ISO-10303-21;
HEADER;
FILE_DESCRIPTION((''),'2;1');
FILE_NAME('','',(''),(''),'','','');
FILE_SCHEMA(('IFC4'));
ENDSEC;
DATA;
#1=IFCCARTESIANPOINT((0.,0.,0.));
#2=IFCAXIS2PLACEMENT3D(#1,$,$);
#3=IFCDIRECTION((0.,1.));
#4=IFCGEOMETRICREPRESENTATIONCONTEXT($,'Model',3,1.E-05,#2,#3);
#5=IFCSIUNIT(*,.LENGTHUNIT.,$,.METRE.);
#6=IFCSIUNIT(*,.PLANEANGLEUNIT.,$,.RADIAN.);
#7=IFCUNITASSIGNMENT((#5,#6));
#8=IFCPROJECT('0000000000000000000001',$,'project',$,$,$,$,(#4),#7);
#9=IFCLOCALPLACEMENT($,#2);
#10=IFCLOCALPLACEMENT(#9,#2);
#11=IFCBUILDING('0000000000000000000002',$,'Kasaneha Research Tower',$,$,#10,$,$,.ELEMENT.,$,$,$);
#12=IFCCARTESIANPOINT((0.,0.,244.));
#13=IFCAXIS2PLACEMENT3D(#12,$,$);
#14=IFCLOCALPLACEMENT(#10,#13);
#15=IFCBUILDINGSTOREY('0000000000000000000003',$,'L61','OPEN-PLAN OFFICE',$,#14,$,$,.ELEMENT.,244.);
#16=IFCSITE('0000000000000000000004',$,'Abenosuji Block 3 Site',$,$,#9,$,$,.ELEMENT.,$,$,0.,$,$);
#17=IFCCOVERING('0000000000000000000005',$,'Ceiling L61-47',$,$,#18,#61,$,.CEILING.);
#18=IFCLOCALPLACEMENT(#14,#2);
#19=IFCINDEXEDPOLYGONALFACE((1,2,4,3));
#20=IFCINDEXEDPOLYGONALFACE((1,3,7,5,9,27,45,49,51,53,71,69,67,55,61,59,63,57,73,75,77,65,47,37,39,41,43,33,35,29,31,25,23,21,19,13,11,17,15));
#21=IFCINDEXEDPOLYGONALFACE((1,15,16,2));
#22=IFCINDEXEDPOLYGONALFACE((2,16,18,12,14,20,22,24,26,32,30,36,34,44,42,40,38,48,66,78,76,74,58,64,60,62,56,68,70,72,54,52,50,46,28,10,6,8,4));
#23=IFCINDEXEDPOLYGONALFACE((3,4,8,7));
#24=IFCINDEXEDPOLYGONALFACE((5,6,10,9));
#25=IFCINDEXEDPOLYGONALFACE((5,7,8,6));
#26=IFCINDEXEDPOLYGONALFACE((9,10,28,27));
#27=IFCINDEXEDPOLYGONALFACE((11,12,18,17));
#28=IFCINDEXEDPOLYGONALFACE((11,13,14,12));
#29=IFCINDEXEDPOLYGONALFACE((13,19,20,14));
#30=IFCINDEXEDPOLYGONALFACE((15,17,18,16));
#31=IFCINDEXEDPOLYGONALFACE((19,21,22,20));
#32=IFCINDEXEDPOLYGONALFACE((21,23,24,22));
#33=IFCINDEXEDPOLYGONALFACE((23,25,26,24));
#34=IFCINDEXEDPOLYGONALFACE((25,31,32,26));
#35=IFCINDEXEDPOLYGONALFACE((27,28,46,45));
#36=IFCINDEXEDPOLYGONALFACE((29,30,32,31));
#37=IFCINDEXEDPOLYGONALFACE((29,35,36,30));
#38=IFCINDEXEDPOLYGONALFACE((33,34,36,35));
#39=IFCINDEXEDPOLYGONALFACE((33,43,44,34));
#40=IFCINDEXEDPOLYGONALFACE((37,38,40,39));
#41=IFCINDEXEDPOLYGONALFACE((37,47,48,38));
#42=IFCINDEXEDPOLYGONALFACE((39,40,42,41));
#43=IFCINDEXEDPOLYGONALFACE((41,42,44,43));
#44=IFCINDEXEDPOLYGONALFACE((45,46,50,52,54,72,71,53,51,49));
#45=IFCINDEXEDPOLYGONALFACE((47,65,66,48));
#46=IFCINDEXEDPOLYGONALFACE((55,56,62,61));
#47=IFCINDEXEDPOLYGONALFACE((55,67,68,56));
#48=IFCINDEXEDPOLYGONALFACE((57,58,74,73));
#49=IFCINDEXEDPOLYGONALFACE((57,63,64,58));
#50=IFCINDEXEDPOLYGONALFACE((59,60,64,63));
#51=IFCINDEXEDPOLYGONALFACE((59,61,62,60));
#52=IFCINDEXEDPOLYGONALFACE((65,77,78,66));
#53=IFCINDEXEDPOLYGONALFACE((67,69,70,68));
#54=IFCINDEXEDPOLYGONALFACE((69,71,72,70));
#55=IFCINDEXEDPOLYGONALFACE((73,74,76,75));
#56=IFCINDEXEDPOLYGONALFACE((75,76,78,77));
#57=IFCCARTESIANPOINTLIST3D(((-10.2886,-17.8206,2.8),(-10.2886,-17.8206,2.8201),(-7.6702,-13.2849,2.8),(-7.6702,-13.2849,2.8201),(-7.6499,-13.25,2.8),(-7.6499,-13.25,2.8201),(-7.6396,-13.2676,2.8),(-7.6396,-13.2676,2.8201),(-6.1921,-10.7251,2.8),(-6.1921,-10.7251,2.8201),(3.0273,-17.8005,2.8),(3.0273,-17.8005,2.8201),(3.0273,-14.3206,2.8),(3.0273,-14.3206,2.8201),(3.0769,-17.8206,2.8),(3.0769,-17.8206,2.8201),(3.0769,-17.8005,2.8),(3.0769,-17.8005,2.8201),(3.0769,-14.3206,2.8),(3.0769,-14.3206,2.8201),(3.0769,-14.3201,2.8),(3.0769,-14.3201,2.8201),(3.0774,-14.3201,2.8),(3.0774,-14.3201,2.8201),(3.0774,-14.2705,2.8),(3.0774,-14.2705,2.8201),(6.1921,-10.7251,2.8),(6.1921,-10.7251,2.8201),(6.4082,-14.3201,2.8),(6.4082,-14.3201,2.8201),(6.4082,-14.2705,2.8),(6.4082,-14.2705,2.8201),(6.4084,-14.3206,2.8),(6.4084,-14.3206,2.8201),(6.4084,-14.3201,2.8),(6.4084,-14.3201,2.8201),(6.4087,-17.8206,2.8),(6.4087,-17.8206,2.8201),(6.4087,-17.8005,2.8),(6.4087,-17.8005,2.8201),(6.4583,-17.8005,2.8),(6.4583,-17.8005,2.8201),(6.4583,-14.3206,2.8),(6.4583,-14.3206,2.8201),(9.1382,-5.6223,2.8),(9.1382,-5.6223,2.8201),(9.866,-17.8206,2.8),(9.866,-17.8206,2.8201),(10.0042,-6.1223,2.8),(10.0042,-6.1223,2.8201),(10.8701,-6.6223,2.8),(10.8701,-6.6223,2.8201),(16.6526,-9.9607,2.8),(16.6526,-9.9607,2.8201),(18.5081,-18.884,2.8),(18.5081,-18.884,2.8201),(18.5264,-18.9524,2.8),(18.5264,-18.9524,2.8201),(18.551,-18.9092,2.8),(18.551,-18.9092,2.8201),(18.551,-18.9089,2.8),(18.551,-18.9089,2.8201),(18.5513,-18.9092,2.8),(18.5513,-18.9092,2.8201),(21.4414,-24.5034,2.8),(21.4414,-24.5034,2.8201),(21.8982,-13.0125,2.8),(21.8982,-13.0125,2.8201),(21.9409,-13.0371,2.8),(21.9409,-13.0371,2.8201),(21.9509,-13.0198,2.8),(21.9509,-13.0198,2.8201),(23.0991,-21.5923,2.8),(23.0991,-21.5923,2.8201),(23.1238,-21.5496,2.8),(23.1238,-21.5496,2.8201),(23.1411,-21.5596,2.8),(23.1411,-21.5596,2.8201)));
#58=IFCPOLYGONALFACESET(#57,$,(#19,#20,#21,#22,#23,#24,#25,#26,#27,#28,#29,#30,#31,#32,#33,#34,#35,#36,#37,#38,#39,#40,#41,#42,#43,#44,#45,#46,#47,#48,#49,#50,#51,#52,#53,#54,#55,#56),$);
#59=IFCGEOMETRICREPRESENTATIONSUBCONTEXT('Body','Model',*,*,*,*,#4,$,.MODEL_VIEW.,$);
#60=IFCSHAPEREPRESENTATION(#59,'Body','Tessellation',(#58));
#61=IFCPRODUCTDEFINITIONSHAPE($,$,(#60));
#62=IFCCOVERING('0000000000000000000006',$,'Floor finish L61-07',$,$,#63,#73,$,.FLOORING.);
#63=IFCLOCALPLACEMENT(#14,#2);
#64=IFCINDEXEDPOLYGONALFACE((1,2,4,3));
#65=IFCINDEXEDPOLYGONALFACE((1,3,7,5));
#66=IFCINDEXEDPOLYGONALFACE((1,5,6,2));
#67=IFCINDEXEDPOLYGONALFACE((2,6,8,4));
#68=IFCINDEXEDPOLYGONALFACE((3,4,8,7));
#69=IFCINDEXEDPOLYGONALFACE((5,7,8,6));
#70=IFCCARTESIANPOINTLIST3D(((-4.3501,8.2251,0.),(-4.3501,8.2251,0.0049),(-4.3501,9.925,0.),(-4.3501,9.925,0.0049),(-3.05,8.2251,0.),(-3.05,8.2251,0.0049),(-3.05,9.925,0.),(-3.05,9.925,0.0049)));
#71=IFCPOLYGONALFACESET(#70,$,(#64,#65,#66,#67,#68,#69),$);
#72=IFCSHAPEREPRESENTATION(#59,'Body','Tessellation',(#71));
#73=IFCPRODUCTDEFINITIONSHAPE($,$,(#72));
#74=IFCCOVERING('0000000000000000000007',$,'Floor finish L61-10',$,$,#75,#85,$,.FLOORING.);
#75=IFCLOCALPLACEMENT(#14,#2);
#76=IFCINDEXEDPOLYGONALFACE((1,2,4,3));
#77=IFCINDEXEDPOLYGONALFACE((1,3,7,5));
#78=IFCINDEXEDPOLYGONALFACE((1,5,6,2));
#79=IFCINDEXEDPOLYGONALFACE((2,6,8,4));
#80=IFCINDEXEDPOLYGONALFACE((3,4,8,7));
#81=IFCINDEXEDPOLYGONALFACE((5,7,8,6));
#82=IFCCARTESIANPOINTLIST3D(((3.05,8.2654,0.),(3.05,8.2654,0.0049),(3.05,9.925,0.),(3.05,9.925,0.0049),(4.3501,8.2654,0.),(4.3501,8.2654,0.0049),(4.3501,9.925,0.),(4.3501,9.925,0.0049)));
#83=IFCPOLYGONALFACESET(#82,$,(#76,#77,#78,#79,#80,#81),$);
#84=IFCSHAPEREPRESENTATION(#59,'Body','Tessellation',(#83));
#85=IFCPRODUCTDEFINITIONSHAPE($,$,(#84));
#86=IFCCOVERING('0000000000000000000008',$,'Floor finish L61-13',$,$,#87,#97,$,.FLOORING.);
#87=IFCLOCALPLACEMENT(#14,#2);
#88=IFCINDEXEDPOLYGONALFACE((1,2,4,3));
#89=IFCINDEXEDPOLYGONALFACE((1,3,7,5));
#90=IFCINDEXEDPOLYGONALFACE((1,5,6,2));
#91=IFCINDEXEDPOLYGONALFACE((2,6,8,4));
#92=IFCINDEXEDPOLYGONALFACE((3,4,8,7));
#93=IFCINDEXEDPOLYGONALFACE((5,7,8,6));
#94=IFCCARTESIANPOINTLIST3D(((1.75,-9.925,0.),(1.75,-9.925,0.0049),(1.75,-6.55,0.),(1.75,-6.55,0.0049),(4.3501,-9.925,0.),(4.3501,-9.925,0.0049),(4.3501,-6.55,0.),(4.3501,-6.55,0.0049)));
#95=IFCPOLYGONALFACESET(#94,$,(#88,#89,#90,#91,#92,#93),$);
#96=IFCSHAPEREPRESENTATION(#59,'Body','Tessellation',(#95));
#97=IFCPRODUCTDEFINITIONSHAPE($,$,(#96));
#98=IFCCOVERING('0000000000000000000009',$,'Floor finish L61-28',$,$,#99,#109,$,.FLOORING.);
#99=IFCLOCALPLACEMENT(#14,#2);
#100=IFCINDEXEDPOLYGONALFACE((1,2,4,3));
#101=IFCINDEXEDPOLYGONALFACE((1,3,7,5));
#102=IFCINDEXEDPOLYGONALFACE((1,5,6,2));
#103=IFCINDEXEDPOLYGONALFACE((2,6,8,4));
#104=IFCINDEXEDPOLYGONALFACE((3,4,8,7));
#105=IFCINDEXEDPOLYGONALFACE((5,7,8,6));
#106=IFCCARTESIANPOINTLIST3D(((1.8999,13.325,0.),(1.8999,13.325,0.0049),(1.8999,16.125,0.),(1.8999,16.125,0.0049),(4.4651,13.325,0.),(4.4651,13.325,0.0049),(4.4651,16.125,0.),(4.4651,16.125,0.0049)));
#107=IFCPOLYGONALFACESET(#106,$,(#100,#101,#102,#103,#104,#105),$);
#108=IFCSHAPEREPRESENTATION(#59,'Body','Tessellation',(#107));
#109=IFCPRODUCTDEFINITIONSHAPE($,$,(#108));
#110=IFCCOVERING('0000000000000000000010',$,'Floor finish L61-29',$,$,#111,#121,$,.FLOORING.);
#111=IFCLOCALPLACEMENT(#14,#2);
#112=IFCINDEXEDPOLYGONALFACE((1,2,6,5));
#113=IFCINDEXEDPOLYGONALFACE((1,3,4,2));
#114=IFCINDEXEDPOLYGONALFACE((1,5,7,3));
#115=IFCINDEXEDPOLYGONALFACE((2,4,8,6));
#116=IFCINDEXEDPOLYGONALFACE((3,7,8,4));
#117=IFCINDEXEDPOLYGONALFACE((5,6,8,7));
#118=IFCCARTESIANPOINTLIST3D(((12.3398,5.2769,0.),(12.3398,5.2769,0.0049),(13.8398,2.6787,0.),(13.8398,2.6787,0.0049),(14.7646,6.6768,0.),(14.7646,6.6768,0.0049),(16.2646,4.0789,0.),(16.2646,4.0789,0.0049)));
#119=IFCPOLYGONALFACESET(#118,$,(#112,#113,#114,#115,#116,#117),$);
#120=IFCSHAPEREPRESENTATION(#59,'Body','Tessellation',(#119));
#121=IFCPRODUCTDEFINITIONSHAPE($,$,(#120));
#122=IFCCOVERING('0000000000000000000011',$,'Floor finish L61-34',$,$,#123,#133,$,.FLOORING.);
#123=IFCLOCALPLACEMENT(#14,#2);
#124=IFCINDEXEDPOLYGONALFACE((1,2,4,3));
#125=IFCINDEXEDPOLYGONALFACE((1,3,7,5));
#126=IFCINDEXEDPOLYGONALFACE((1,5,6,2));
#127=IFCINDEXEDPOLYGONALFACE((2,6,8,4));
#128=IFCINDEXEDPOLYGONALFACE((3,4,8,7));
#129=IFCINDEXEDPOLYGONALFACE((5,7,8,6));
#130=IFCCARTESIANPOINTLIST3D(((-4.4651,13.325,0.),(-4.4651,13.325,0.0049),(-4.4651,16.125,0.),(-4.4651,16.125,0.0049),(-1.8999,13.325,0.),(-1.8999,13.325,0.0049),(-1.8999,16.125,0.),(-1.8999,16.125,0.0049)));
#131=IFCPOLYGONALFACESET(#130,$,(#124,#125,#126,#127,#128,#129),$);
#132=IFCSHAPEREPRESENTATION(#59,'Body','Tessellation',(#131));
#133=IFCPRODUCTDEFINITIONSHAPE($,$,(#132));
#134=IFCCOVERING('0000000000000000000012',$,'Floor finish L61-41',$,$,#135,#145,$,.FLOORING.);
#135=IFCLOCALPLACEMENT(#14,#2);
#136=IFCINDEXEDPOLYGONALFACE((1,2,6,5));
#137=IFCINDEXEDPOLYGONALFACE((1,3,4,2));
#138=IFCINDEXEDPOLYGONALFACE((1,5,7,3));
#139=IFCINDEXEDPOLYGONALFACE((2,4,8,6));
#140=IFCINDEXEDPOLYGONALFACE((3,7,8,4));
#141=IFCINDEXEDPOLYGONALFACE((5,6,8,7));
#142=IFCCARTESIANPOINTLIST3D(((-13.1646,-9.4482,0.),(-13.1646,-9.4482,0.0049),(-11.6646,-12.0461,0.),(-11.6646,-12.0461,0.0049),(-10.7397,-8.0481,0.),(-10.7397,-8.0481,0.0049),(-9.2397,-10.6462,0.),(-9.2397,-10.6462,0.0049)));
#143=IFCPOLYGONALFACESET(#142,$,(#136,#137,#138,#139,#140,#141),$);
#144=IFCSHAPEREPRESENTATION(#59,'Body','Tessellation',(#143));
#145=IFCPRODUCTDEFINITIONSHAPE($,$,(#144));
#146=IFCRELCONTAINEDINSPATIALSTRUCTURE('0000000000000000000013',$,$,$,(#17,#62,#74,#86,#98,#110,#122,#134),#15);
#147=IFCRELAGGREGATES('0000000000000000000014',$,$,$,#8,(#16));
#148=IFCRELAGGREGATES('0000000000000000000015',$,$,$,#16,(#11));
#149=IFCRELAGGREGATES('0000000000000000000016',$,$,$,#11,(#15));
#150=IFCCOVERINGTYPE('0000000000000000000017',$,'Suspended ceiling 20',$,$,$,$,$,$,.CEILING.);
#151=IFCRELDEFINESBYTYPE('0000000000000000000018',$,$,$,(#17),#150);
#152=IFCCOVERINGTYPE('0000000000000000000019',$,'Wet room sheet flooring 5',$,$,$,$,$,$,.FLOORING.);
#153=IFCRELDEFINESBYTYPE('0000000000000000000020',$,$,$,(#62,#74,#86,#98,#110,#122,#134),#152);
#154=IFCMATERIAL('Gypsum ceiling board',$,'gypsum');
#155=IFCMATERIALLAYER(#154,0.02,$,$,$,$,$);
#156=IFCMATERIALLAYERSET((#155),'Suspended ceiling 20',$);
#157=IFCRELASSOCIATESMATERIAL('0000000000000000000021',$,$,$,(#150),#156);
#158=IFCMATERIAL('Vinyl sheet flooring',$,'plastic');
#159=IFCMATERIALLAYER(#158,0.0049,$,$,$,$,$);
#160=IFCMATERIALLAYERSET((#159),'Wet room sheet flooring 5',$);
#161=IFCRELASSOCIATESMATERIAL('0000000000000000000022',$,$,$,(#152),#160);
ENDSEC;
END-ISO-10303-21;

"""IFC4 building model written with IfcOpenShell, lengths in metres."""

from ifc_helpers import new_model, si_unit, direction, frame, origin, place, context, subcontext, project, spatial, polyline, outline, extrude, material, layer, layer_set, type_object, element, save


model = new_model("IFC4")

# Units and contexts
model_context = context("Model", 3, precision=1e-05, world=origin(), true_north=direction((0.0, 1.0)))
body_context = subcontext(model_context, "Body", "Model", "MODEL_VIEW")
ifc_project = project(units=[si_unit("LENGTHUNIT", "METRE"), si_unit("PLANEANGLEUNIT", "RADIAN")], contexts=[model_context])

# Site, building, storey
site_placement = place(None, origin())
site = spatial("IfcSite", under=ifc_project, at=site_placement, Name="Abenosuji Block 3 Site", CompositionType="ELEMENT", RefElevation=0.0)
building_placement = place(site_placement, origin())
building = spatial("IfcBuilding", under=site, at=building_placement, Name="Kasaneha Research Tower", CompositionType="ELEMENT")
storey_placement = place(building_placement, frame((0.0, 0.0, 244.0)))
storey = spatial("IfcBuildingStorey", under=building, at=storey_placement, Name="L61", Description="OPEN-PLAN OFFICE", CompositionType="ELEMENT", Elevation=244.0)

# Coverings
ifc_material_1 = material(Name="Gypsum ceiling board", Category="gypsum")
ifc_layer_1 = layer(ifc_material_1, 0.02)
ifc_layer_set_1 = layer_set([ifc_layer_1], Name="Suspended ceiling 20")
covering_type_1 = type_object("IfcCoveringType", Name="Suspended ceiling 20", PredefinedType="CEILING", material=ifc_layer_set_1)
covering_1_placement = place(storey_placement, frame((0.0, 0.0, 2.8)))
element("IfcCovering", 1, at=covering_1_placement, inside=storey, type_object=covering_type_1, Name="Ceiling L61-47", PredefinedType="CEILING", context=body_context, shape_type="SweptSolid", body=[
    extrude(outline(polyline([(6.1921, -10.7251), (9.1382, -5.6223), (10.0042, -6.1223), (10.0042, -6.1223), (10.8701, -6.6223), (10.8701, -6.6223), (16.6526, -9.9607), (21.9509, -13.0198), (21.9409, -13.0371), (21.8982, -13.0125), (18.5081, -18.884), (18.551, -18.9089), (18.551, -18.9092), (18.5513, -18.9092), (18.5264, -18.9524), (23.0991, -21.5923), (23.1238, -21.5496), (23.1411, -21.5596), (21.4414, -24.5034), (9.866, -17.8206), (6.4087, -17.8206), (6.4087, -17.8005), (6.4583, -17.8005), (6.4583, -14.3206), (6.4084, -14.3206), (6.4084, -14.3201), (6.4082, -14.3201), (6.4082, -14.2705), (3.0774, -14.2705), (3.0774, -14.3201), (3.0769, -14.3201), (3.0769, -14.3206), (3.0273, -14.3206), (3.0273, -17.8005), (3.0769, -17.8005), (3.0769, -17.8206), (-10.2886, -17.8206), (-7.6702, -13.2849), (-7.6396, -13.2676), (-7.6499, -13.25), (-6.1921, -10.7251), (6.1921, -10.7251)])), origin(), (0.0, 0.0, 1.0), 0.02),
])
ifc_material_2 = material(Name="Vinyl sheet flooring", Category="plastic")
ifc_layer_2 = layer(ifc_material_2, 0.0049)
ifc_layer_set_2 = layer_set([ifc_layer_2], Name="Wet room sheet flooring 5")
covering_type_2 = type_object("IfcCoveringType", Name="Wet room sheet flooring 5", PredefinedType="FLOORING", material=ifc_layer_set_2)
covering_2_placement = place(storey_placement, origin())
element("IfcCovering", 2, at=covering_2_placement, inside=storey, type_object=covering_type_2, Name="Floor finish L61-07", PredefinedType="FLOORING", context=body_context, shape_type="SweptSolid", body=[
    extrude(outline(polyline([(-4.3501, 8.2251), (-4.3501, 9.925), (-3.05, 9.925), (-3.05, 8.2251), (-4.3501, 8.2251)])), origin(), (0.0, 0.0, 1.0), 0.0049),
])
covering_3_placement = place(storey_placement, origin())
element("IfcCovering", 3, at=covering_3_placement, inside=storey, type_object=covering_type_2, Name="Floor finish L61-10", PredefinedType="FLOORING", context=body_context, shape_type="SweptSolid", body=[
    extrude(outline(polyline([(4.3501, 8.2654), (3.05, 8.2654), (3.05, 9.925), (4.3501, 9.925), (4.3501, 8.2654)])), origin(), (0.0, 0.0, 1.0), 0.0049),
])
covering_4_placement = place(storey_placement, origin())
element("IfcCovering", 4, at=covering_4_placement, inside=storey, type_object=covering_type_2, Name="Floor finish L61-13", PredefinedType="FLOORING", context=body_context, shape_type="SweptSolid", body=[
    extrude(outline(polyline([(1.75, -9.925), (1.75, -6.55), (4.3501, -6.55), (4.3501, -9.925), (1.75, -9.925)])), origin(), (0.0, 0.0, 1.0), 0.0049),
])
covering_5_placement = place(storey_placement, origin())
element("IfcCovering", 5, at=covering_5_placement, inside=storey, type_object=covering_type_2, Name="Floor finish L61-28", PredefinedType="FLOORING", context=body_context, shape_type="SweptSolid", body=[
    extrude(outline(polyline([(1.8999, 16.125), (4.4651, 16.125), (4.4651, 13.325), (1.8999, 13.325), (1.8999, 16.125)])), origin(), (0.0, 0.0, 1.0), 0.0049),
])
covering_6_placement = place(storey_placement, origin())
element("IfcCovering", 6, at=covering_6_placement, inside=storey, type_object=covering_type_2, Name="Floor finish L61-29", PredefinedType="FLOORING", context=body_context, shape_type="SweptSolid", body=[
    extrude(outline(polyline([(14.7646, 6.6768), (16.2646, 4.0789), (13.8398, 2.6787), (12.3398, 5.2769), (14.7646, 6.6768)])), origin(), (0.0, 0.0, 1.0), 0.0049),
])
covering_7_placement = place(storey_placement, origin())
element("IfcCovering", 7, at=covering_7_placement, inside=storey, type_object=covering_type_2, Name="Floor finish L61-34", PredefinedType="FLOORING", context=body_context, shape_type="SweptSolid", body=[
    extrude(outline(polyline([(-4.4651, 16.125), (-1.8999, 16.125), (-1.8999, 13.325), (-4.4651, 13.325), (-4.4651, 16.125)])), origin(), (0.0, 0.0, 1.0), 0.0049),
])
covering_8_placement = place(storey_placement, origin())
element("IfcCovering", 8, at=covering_8_placement, inside=storey, type_object=covering_type_2, Name="Floor finish L61-41", PredefinedType="FLOORING", context=body_context, shape_type="SweptSolid", body=[
    extrude(outline(polyline([(-11.6646, -12.0461), (-13.1646, -9.4482), (-10.7397, -8.0481), (-9.2397, -10.6462), (-11.6646, -12.0461)])), origin(), (0.0, 0.0, 1.0), 0.0049),
])

save(model, "model.ifc")
